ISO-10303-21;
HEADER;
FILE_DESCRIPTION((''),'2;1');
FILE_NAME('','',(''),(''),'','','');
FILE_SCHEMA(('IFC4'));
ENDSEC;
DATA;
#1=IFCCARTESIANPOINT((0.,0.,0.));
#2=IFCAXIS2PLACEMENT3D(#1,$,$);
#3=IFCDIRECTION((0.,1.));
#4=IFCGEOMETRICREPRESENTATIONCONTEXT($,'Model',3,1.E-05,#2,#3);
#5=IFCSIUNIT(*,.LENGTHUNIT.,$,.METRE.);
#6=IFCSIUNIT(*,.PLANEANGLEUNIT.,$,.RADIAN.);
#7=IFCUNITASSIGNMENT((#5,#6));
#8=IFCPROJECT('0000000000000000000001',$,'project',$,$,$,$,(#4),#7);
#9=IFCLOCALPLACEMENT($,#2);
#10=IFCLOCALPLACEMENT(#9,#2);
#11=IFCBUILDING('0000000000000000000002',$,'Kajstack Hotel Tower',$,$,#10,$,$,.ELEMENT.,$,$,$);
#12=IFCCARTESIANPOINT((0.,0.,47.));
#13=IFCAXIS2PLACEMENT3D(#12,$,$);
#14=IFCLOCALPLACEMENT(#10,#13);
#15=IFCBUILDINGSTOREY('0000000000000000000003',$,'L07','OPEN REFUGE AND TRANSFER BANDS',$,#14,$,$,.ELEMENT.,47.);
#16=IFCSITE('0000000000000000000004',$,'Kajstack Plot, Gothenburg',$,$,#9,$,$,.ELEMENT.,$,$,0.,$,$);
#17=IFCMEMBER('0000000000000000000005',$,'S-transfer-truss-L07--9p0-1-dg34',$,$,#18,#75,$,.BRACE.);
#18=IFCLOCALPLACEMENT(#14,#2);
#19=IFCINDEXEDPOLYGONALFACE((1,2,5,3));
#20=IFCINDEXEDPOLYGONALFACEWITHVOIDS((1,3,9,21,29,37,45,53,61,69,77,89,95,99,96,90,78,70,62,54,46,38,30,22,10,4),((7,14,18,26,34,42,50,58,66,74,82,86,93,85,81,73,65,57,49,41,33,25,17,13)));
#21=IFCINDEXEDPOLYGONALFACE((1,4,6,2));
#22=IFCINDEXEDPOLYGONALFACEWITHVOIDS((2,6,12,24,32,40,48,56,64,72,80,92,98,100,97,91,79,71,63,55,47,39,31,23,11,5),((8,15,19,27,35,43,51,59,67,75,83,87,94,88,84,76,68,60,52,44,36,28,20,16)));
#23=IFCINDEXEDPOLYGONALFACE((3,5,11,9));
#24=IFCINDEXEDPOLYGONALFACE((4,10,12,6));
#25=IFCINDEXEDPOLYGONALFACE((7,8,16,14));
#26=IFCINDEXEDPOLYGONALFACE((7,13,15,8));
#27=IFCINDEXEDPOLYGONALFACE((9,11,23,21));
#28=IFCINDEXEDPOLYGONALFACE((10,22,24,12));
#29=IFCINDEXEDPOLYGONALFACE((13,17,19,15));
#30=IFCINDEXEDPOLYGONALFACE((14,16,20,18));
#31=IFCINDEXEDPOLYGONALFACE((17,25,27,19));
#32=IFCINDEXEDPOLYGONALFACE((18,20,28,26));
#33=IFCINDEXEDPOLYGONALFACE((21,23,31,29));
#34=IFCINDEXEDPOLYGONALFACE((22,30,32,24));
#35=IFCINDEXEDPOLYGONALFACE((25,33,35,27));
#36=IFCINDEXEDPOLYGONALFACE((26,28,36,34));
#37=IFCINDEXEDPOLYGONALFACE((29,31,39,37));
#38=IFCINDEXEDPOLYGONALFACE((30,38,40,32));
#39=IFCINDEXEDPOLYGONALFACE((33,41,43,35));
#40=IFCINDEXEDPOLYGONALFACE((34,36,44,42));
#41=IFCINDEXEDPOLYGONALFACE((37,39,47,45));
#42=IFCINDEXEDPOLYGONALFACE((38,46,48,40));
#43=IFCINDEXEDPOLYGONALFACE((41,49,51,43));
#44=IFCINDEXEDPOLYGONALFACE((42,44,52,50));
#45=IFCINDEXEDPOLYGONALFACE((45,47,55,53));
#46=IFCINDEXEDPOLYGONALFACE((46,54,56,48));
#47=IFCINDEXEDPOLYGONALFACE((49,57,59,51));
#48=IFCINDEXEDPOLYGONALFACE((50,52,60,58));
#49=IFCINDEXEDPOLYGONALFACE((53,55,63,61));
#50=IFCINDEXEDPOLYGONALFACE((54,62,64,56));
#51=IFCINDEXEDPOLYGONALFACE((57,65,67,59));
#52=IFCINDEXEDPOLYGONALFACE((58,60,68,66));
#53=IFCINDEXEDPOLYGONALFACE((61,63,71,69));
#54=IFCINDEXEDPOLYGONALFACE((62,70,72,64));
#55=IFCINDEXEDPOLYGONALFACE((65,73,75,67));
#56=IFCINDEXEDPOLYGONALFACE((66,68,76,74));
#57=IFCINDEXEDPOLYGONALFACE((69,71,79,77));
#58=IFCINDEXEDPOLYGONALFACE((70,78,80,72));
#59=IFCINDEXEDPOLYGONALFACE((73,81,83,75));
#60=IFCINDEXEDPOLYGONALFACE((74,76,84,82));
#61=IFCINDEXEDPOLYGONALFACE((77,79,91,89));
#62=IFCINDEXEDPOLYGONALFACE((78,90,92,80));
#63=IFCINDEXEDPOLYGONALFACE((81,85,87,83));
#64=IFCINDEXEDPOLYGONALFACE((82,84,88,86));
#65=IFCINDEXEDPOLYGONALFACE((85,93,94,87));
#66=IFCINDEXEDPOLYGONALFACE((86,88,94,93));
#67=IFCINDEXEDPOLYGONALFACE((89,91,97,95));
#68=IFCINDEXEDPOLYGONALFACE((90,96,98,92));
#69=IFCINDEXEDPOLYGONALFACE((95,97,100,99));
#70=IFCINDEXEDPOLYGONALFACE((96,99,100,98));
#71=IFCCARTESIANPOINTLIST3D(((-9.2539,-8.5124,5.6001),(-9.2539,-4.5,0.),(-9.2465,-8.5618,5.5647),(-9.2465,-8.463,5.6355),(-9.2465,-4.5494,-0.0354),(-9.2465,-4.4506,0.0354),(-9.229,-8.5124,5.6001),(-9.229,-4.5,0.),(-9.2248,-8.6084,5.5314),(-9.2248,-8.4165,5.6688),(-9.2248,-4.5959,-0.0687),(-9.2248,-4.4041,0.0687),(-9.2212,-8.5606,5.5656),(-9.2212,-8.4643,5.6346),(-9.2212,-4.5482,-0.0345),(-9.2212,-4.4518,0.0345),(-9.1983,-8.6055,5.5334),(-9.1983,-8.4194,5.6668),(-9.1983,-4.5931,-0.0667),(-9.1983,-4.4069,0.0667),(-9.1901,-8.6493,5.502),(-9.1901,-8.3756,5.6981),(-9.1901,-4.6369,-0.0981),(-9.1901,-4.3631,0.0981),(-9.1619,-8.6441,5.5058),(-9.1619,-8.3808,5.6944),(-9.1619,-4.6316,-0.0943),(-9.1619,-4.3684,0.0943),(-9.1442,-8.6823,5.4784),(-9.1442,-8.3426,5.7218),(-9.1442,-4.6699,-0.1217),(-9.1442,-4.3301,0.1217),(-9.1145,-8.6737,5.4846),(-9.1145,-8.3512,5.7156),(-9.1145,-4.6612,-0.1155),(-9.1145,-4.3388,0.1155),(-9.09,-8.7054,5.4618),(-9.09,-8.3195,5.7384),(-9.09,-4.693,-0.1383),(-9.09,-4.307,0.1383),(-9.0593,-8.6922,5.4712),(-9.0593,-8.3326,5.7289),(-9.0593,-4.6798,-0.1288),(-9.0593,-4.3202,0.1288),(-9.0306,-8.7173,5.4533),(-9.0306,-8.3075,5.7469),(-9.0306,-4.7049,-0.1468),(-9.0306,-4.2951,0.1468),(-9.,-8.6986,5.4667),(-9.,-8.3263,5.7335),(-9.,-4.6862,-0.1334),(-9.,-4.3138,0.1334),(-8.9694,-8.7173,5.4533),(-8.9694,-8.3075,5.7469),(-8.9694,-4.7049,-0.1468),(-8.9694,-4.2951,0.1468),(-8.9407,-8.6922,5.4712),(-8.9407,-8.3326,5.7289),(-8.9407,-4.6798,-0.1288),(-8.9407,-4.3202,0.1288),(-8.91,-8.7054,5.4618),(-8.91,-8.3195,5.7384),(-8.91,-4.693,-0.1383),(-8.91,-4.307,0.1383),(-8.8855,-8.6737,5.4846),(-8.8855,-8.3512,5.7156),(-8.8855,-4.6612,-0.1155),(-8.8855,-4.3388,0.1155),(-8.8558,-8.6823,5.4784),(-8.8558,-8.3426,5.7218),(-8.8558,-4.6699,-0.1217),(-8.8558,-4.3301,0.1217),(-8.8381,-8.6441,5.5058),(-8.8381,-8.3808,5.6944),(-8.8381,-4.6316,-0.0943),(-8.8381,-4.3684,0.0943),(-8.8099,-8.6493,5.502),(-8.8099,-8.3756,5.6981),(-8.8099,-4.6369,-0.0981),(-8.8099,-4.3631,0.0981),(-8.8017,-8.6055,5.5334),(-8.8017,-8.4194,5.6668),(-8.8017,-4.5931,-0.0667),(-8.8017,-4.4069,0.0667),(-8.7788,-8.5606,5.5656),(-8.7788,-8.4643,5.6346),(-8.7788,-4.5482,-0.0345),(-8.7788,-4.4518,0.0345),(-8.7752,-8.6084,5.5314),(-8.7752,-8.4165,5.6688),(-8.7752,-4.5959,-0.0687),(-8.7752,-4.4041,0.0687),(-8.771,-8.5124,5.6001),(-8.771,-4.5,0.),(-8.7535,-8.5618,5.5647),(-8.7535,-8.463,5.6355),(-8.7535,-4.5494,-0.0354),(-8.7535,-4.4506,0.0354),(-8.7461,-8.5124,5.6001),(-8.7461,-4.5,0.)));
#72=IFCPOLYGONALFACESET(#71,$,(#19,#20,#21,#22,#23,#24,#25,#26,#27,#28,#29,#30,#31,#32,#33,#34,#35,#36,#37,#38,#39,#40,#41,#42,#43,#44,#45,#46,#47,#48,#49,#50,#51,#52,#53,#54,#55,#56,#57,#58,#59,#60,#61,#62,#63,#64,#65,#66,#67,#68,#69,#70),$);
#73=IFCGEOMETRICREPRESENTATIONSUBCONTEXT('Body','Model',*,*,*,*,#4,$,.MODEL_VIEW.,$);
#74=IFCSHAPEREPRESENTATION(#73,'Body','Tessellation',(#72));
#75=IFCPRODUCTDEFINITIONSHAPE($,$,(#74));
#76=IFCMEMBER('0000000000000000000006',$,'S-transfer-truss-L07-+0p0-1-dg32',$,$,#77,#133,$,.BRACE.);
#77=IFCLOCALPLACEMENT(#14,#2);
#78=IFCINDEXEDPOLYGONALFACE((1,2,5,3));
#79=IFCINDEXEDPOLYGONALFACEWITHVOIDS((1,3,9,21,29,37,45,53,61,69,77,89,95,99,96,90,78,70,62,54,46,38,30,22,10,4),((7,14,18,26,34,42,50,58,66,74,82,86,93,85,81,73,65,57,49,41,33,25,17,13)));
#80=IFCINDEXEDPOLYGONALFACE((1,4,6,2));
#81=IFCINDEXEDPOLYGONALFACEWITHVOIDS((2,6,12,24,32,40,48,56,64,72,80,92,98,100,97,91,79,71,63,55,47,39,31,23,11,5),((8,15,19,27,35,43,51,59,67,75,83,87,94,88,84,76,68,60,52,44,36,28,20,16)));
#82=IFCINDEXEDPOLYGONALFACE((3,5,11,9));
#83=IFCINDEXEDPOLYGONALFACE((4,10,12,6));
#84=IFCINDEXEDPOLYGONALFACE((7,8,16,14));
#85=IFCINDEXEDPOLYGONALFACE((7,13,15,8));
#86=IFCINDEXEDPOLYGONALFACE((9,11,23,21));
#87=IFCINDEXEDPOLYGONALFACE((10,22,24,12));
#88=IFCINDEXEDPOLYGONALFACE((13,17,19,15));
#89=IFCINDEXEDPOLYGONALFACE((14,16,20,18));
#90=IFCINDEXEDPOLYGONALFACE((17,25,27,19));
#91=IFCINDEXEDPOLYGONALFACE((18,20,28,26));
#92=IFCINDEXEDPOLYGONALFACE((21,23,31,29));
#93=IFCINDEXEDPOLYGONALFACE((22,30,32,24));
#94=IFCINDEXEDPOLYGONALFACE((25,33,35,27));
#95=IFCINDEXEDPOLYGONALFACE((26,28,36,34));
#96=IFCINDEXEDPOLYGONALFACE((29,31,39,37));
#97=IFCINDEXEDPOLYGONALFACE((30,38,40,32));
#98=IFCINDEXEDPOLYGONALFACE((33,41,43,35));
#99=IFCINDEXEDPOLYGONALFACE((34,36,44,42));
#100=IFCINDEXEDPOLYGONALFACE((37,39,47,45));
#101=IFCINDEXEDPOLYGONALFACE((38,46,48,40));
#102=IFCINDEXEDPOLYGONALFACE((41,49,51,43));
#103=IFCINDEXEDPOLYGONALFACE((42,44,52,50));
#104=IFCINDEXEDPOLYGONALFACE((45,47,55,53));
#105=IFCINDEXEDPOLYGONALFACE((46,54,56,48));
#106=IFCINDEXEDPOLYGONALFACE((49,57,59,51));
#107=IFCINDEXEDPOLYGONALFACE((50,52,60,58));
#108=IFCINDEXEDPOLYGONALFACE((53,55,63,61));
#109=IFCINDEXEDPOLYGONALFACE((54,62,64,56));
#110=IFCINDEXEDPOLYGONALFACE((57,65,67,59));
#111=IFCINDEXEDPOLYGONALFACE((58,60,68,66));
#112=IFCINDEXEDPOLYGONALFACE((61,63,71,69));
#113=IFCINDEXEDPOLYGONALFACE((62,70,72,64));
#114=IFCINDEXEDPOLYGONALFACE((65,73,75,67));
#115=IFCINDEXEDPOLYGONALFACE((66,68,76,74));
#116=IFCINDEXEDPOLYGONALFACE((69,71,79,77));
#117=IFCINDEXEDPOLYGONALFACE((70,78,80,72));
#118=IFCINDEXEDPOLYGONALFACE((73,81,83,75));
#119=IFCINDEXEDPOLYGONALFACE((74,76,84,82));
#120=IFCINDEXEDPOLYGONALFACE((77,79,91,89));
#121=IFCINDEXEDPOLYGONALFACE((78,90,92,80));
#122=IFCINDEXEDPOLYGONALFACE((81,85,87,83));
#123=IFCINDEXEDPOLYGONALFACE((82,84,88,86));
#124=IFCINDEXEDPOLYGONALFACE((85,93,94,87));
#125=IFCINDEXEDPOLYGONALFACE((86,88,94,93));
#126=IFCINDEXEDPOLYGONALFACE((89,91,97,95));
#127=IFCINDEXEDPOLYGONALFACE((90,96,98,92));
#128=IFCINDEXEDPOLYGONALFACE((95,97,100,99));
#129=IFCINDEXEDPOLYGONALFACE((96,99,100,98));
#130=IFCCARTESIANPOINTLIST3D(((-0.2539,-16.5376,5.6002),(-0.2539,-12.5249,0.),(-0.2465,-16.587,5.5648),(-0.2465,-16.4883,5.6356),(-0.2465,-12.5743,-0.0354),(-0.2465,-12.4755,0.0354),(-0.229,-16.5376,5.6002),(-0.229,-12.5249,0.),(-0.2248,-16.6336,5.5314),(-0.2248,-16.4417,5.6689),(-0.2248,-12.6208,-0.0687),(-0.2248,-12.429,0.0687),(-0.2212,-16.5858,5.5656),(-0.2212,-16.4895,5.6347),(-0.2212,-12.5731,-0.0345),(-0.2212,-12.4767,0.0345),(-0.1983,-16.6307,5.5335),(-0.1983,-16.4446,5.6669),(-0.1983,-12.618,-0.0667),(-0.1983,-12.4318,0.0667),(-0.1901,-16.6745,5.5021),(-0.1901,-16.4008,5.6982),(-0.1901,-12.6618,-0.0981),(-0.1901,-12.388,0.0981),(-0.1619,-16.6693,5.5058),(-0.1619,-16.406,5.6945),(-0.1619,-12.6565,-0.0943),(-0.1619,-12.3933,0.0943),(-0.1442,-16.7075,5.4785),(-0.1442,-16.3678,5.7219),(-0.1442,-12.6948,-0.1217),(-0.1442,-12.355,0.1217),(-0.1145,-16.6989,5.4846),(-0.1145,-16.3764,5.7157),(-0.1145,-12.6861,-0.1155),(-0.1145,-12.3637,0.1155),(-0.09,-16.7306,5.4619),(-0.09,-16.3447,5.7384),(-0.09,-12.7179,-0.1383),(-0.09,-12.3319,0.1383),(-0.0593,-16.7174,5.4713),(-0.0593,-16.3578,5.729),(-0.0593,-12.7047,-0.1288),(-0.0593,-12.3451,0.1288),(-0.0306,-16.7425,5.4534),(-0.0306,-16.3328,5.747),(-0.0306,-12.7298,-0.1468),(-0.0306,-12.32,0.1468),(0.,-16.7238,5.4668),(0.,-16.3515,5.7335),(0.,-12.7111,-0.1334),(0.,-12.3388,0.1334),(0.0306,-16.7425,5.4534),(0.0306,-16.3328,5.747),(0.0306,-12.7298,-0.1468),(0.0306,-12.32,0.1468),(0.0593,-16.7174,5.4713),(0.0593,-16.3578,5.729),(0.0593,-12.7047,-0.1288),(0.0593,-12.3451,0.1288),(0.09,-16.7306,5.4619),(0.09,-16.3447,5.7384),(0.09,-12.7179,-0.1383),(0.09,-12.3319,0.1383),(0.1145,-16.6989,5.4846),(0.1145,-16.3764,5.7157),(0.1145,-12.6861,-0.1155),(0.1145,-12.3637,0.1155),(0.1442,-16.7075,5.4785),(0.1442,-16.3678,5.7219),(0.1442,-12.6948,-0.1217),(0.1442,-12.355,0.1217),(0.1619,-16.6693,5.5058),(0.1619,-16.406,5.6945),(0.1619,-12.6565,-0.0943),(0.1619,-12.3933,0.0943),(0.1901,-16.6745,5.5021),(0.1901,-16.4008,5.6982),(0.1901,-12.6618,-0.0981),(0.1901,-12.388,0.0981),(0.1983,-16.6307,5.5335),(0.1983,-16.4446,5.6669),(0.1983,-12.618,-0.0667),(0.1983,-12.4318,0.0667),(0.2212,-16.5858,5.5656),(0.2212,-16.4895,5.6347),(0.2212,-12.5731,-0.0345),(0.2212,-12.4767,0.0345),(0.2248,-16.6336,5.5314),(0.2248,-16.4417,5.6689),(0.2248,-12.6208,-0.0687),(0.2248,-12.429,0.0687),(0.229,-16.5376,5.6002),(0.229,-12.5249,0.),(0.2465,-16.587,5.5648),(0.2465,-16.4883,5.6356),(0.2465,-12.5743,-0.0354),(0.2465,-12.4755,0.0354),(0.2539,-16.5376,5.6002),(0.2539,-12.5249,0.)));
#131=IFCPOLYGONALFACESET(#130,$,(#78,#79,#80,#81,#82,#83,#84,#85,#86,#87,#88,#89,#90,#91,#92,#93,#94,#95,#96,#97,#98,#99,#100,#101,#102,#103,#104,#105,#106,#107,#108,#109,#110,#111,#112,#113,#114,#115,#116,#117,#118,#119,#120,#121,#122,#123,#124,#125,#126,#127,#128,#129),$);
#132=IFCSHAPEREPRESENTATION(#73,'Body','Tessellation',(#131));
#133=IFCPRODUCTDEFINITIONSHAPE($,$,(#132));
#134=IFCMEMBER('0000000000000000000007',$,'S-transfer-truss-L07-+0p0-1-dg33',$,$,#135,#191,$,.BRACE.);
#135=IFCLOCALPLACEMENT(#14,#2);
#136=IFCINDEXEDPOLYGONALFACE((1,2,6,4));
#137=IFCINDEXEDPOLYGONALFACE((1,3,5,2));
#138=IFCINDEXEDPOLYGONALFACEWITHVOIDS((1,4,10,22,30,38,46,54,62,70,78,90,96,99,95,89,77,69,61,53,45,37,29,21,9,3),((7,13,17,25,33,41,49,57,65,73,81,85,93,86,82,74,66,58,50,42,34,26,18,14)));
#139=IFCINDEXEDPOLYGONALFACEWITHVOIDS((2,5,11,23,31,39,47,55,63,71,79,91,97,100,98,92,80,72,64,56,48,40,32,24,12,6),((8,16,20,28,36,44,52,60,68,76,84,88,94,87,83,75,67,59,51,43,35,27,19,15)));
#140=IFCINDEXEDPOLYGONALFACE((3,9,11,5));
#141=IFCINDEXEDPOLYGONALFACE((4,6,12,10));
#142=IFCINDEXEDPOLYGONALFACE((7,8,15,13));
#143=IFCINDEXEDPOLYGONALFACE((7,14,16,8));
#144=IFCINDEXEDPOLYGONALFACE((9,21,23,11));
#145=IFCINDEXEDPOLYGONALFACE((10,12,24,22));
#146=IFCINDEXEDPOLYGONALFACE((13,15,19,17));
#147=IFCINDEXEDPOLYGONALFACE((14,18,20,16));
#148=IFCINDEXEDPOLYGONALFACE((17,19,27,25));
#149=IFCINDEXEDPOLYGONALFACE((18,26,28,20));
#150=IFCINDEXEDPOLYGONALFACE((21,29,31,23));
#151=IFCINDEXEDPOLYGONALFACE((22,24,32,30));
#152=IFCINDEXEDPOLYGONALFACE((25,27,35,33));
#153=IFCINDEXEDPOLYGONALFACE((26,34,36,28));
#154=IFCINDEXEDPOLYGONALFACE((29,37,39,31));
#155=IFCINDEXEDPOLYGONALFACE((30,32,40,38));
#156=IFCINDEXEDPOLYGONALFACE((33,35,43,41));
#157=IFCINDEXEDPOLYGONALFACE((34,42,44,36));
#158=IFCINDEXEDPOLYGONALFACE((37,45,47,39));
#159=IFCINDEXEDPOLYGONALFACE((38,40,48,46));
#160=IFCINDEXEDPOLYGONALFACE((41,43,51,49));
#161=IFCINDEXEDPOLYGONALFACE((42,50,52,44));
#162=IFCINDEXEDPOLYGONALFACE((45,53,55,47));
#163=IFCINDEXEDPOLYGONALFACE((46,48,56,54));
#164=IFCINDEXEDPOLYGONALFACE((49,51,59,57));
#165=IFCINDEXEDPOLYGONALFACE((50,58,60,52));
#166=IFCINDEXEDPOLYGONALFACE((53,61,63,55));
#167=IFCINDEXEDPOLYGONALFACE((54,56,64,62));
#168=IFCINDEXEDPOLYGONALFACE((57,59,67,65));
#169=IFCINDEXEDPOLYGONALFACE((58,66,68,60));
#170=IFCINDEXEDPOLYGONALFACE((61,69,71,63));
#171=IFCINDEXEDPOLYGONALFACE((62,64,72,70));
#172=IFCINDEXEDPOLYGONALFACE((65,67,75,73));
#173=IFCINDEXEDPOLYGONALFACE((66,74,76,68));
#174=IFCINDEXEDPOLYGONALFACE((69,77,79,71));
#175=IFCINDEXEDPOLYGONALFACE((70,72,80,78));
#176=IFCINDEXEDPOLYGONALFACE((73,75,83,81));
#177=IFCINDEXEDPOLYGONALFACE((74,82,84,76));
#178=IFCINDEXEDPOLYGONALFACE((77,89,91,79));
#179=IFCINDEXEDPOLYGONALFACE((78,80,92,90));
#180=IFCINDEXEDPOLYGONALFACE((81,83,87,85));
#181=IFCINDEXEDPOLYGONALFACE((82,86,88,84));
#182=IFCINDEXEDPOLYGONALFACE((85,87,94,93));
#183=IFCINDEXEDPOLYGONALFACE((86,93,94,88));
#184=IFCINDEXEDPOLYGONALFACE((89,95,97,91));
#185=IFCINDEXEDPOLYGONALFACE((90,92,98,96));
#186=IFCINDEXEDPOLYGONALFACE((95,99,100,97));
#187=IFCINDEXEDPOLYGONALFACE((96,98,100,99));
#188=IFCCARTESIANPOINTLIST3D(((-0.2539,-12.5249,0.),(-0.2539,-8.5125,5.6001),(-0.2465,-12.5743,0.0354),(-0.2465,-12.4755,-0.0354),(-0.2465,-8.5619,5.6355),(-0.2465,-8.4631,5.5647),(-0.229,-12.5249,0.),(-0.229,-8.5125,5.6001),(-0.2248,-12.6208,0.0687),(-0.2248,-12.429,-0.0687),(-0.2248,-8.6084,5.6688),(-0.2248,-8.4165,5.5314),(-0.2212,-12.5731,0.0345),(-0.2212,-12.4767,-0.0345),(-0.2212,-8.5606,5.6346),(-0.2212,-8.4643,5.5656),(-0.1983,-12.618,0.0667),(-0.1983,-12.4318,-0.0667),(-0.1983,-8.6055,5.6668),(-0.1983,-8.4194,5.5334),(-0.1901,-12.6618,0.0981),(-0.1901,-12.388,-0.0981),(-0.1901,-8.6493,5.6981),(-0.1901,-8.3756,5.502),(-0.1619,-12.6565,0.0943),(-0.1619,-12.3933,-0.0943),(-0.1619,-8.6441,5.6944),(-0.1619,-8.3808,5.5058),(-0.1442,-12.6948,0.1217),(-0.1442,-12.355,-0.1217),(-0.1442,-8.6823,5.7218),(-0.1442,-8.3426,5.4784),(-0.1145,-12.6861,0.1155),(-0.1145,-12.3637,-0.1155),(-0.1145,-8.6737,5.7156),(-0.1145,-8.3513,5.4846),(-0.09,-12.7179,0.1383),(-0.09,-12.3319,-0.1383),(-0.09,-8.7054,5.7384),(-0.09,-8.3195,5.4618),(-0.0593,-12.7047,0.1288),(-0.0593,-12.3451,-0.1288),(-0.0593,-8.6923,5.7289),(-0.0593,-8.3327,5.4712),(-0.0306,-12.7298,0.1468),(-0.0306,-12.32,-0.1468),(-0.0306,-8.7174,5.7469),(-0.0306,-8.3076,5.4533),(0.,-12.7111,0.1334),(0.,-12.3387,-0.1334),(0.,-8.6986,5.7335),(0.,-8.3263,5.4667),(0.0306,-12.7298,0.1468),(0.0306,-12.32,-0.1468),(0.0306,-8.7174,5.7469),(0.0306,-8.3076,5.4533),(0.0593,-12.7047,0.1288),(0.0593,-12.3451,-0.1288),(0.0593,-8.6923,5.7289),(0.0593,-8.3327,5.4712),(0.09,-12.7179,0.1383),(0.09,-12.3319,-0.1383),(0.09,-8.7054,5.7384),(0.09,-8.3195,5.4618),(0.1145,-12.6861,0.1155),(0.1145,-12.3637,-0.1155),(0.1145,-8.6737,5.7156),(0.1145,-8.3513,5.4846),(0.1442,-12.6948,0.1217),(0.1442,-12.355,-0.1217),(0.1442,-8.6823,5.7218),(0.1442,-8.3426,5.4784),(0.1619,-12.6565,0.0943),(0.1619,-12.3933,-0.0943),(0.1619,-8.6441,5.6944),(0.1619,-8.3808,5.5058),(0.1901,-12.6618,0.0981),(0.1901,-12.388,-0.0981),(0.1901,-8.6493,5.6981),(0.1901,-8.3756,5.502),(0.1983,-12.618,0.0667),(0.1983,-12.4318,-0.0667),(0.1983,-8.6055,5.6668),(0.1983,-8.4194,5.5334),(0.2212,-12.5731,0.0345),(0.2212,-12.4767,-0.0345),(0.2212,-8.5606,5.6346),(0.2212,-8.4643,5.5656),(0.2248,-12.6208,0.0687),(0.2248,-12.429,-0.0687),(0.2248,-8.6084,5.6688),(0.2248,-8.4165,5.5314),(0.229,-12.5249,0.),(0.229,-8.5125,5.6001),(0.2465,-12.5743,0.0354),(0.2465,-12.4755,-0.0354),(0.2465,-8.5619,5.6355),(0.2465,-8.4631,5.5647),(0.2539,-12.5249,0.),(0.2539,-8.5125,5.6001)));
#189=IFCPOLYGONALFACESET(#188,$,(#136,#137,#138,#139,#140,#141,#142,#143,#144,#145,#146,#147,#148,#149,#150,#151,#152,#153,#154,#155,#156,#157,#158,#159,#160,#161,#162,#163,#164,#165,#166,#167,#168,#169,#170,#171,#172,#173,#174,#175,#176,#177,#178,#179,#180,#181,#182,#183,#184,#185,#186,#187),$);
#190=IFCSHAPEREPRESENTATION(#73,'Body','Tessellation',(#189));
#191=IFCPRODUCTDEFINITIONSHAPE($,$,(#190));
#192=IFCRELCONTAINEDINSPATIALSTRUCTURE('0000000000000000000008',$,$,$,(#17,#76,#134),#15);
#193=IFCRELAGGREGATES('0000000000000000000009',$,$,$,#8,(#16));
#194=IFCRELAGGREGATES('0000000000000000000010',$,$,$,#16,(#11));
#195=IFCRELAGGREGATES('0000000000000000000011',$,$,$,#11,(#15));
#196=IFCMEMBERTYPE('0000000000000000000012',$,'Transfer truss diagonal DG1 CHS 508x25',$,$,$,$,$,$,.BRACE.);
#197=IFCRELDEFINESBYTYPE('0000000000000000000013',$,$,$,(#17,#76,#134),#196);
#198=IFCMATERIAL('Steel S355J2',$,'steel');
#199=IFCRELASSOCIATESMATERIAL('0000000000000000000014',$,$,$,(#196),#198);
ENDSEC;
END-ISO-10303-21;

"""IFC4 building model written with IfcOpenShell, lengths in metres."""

from ifc_helpers import new_model, si_unit, direction, frame, origin, origin_2d, place, context, subcontext, project, spatial, hollow_circle, extrude, material, material_profile, profile_set, type_object, element, save


model = new_model("IFC4")

# Units and contexts
model_context = context("Model", 3, precision=1e-05, world=origin(), true_north=direction((0.0, 1.0)))
body_context = subcontext(model_context, "Body", "Model", "MODEL_VIEW")
ifc_project = project(units=[si_unit("LENGTHUNIT", "METRE"), si_unit("PLANEANGLEUNIT", "RADIAN")], contexts=[model_context])

# Site, building, storey
site_placement = place(None, origin())
site = spatial("IfcSite", under=ifc_project, at=site_placement, Name="Kajstack Plot, Gothenburg", CompositionType="ELEMENT", RefElevation=0.0)
building_placement = place(site_placement, origin())
building = spatial("IfcBuilding", under=site, at=building_placement, Name="Kajstack Hotel Tower", CompositionType="ELEMENT")
storey_placement = place(building_placement, frame((0.0, 0.0, 47.0)))
storey = spatial("IfcBuildingStorey", under=building, at=storey_placement, Name="L07", Description="OPEN REFUGE AND TRANSFER BANDS", CompositionType="ELEMENT", Elevation=47.0)

# Members
ifc_material_1 = material(Name="Steel S355J2", Category="steel")
ifc_material_profile_1 = material_profile(ifc_material_1, hollow_circle(Radius=0.2539, WallThickness=0.0249, at=origin_2d()), Name="CHS 508x25")
ifc_profile_set_1 = profile_set([ifc_material_profile_1], Name="Steel S355J2")
member_type_1 = type_object("IfcMemberType", Name="Transfer truss diagonal DG1 CHS 508x25", PredefinedType="BRACE", material=ifc_profile_set_1)
for number, where, z_axis, x_axis, name in (
    (1, (-9.0, -4.5, 0.0), (0.0, -0.582428, 0.812883), (1.0, 0.0, 0.0), "S-transfer-truss-L07--9p0-1-dg34"),
):
    element("IfcMember", number, at=place(storey_placement, frame(where, z_axis=z_axis, x_axis=x_axis)), inside=storey, type_object=member_type_1, Name=name, PredefinedType="BRACE", context=body_context, shape_type="SweptSolid", body=[
        extrude(hollow_circle(Radius=0.2539, WallThickness=0.0249, at=origin_2d()), origin(), (0.0, 0.0, 1.0), 6.8892),
    ])
member_1_placement = place(storey_placement, frame((0.0, -12.5249, 0.0), z_axis=(0.0, -0.582451, 0.812866), x_axis=(1.0, 0.0, 0.0)))
element("IfcMember", 2, at=member_1_placement, inside=storey, type_object=member_type_1, Name="S-transfer-truss-L07-+0p0-1-dg32", PredefinedType="BRACE", context=body_context, shape_type="SweptSolid", body=[
    extrude(hollow_circle(Radius=0.2539, WallThickness=0.0249, at=origin_2d()), origin(), (0.0, 0.0, 1.0), 6.8894),
])
for number, where, z_axis, x_axis, name in (
    (3, (0.0, -12.5249, 0.0), (0.0, 0.582428, 0.812883), (-1.0, 0.0, 0.0), "S-transfer-truss-L07-+0p0-1-dg33"),
):
    element("IfcMember", number, at=place(storey_placement, frame(where, z_axis=z_axis, x_axis=x_axis)), inside=storey, type_object=member_type_1, Name=name, PredefinedType="BRACE", context=body_context, shape_type="SweptSolid", body=[
        extrude(hollow_circle(Radius=0.2539, WallThickness=0.0249, at=origin_2d()), origin(), (0.0, 0.0, 1.0), 6.8892),
    ])

save(model, "model.ifc")
